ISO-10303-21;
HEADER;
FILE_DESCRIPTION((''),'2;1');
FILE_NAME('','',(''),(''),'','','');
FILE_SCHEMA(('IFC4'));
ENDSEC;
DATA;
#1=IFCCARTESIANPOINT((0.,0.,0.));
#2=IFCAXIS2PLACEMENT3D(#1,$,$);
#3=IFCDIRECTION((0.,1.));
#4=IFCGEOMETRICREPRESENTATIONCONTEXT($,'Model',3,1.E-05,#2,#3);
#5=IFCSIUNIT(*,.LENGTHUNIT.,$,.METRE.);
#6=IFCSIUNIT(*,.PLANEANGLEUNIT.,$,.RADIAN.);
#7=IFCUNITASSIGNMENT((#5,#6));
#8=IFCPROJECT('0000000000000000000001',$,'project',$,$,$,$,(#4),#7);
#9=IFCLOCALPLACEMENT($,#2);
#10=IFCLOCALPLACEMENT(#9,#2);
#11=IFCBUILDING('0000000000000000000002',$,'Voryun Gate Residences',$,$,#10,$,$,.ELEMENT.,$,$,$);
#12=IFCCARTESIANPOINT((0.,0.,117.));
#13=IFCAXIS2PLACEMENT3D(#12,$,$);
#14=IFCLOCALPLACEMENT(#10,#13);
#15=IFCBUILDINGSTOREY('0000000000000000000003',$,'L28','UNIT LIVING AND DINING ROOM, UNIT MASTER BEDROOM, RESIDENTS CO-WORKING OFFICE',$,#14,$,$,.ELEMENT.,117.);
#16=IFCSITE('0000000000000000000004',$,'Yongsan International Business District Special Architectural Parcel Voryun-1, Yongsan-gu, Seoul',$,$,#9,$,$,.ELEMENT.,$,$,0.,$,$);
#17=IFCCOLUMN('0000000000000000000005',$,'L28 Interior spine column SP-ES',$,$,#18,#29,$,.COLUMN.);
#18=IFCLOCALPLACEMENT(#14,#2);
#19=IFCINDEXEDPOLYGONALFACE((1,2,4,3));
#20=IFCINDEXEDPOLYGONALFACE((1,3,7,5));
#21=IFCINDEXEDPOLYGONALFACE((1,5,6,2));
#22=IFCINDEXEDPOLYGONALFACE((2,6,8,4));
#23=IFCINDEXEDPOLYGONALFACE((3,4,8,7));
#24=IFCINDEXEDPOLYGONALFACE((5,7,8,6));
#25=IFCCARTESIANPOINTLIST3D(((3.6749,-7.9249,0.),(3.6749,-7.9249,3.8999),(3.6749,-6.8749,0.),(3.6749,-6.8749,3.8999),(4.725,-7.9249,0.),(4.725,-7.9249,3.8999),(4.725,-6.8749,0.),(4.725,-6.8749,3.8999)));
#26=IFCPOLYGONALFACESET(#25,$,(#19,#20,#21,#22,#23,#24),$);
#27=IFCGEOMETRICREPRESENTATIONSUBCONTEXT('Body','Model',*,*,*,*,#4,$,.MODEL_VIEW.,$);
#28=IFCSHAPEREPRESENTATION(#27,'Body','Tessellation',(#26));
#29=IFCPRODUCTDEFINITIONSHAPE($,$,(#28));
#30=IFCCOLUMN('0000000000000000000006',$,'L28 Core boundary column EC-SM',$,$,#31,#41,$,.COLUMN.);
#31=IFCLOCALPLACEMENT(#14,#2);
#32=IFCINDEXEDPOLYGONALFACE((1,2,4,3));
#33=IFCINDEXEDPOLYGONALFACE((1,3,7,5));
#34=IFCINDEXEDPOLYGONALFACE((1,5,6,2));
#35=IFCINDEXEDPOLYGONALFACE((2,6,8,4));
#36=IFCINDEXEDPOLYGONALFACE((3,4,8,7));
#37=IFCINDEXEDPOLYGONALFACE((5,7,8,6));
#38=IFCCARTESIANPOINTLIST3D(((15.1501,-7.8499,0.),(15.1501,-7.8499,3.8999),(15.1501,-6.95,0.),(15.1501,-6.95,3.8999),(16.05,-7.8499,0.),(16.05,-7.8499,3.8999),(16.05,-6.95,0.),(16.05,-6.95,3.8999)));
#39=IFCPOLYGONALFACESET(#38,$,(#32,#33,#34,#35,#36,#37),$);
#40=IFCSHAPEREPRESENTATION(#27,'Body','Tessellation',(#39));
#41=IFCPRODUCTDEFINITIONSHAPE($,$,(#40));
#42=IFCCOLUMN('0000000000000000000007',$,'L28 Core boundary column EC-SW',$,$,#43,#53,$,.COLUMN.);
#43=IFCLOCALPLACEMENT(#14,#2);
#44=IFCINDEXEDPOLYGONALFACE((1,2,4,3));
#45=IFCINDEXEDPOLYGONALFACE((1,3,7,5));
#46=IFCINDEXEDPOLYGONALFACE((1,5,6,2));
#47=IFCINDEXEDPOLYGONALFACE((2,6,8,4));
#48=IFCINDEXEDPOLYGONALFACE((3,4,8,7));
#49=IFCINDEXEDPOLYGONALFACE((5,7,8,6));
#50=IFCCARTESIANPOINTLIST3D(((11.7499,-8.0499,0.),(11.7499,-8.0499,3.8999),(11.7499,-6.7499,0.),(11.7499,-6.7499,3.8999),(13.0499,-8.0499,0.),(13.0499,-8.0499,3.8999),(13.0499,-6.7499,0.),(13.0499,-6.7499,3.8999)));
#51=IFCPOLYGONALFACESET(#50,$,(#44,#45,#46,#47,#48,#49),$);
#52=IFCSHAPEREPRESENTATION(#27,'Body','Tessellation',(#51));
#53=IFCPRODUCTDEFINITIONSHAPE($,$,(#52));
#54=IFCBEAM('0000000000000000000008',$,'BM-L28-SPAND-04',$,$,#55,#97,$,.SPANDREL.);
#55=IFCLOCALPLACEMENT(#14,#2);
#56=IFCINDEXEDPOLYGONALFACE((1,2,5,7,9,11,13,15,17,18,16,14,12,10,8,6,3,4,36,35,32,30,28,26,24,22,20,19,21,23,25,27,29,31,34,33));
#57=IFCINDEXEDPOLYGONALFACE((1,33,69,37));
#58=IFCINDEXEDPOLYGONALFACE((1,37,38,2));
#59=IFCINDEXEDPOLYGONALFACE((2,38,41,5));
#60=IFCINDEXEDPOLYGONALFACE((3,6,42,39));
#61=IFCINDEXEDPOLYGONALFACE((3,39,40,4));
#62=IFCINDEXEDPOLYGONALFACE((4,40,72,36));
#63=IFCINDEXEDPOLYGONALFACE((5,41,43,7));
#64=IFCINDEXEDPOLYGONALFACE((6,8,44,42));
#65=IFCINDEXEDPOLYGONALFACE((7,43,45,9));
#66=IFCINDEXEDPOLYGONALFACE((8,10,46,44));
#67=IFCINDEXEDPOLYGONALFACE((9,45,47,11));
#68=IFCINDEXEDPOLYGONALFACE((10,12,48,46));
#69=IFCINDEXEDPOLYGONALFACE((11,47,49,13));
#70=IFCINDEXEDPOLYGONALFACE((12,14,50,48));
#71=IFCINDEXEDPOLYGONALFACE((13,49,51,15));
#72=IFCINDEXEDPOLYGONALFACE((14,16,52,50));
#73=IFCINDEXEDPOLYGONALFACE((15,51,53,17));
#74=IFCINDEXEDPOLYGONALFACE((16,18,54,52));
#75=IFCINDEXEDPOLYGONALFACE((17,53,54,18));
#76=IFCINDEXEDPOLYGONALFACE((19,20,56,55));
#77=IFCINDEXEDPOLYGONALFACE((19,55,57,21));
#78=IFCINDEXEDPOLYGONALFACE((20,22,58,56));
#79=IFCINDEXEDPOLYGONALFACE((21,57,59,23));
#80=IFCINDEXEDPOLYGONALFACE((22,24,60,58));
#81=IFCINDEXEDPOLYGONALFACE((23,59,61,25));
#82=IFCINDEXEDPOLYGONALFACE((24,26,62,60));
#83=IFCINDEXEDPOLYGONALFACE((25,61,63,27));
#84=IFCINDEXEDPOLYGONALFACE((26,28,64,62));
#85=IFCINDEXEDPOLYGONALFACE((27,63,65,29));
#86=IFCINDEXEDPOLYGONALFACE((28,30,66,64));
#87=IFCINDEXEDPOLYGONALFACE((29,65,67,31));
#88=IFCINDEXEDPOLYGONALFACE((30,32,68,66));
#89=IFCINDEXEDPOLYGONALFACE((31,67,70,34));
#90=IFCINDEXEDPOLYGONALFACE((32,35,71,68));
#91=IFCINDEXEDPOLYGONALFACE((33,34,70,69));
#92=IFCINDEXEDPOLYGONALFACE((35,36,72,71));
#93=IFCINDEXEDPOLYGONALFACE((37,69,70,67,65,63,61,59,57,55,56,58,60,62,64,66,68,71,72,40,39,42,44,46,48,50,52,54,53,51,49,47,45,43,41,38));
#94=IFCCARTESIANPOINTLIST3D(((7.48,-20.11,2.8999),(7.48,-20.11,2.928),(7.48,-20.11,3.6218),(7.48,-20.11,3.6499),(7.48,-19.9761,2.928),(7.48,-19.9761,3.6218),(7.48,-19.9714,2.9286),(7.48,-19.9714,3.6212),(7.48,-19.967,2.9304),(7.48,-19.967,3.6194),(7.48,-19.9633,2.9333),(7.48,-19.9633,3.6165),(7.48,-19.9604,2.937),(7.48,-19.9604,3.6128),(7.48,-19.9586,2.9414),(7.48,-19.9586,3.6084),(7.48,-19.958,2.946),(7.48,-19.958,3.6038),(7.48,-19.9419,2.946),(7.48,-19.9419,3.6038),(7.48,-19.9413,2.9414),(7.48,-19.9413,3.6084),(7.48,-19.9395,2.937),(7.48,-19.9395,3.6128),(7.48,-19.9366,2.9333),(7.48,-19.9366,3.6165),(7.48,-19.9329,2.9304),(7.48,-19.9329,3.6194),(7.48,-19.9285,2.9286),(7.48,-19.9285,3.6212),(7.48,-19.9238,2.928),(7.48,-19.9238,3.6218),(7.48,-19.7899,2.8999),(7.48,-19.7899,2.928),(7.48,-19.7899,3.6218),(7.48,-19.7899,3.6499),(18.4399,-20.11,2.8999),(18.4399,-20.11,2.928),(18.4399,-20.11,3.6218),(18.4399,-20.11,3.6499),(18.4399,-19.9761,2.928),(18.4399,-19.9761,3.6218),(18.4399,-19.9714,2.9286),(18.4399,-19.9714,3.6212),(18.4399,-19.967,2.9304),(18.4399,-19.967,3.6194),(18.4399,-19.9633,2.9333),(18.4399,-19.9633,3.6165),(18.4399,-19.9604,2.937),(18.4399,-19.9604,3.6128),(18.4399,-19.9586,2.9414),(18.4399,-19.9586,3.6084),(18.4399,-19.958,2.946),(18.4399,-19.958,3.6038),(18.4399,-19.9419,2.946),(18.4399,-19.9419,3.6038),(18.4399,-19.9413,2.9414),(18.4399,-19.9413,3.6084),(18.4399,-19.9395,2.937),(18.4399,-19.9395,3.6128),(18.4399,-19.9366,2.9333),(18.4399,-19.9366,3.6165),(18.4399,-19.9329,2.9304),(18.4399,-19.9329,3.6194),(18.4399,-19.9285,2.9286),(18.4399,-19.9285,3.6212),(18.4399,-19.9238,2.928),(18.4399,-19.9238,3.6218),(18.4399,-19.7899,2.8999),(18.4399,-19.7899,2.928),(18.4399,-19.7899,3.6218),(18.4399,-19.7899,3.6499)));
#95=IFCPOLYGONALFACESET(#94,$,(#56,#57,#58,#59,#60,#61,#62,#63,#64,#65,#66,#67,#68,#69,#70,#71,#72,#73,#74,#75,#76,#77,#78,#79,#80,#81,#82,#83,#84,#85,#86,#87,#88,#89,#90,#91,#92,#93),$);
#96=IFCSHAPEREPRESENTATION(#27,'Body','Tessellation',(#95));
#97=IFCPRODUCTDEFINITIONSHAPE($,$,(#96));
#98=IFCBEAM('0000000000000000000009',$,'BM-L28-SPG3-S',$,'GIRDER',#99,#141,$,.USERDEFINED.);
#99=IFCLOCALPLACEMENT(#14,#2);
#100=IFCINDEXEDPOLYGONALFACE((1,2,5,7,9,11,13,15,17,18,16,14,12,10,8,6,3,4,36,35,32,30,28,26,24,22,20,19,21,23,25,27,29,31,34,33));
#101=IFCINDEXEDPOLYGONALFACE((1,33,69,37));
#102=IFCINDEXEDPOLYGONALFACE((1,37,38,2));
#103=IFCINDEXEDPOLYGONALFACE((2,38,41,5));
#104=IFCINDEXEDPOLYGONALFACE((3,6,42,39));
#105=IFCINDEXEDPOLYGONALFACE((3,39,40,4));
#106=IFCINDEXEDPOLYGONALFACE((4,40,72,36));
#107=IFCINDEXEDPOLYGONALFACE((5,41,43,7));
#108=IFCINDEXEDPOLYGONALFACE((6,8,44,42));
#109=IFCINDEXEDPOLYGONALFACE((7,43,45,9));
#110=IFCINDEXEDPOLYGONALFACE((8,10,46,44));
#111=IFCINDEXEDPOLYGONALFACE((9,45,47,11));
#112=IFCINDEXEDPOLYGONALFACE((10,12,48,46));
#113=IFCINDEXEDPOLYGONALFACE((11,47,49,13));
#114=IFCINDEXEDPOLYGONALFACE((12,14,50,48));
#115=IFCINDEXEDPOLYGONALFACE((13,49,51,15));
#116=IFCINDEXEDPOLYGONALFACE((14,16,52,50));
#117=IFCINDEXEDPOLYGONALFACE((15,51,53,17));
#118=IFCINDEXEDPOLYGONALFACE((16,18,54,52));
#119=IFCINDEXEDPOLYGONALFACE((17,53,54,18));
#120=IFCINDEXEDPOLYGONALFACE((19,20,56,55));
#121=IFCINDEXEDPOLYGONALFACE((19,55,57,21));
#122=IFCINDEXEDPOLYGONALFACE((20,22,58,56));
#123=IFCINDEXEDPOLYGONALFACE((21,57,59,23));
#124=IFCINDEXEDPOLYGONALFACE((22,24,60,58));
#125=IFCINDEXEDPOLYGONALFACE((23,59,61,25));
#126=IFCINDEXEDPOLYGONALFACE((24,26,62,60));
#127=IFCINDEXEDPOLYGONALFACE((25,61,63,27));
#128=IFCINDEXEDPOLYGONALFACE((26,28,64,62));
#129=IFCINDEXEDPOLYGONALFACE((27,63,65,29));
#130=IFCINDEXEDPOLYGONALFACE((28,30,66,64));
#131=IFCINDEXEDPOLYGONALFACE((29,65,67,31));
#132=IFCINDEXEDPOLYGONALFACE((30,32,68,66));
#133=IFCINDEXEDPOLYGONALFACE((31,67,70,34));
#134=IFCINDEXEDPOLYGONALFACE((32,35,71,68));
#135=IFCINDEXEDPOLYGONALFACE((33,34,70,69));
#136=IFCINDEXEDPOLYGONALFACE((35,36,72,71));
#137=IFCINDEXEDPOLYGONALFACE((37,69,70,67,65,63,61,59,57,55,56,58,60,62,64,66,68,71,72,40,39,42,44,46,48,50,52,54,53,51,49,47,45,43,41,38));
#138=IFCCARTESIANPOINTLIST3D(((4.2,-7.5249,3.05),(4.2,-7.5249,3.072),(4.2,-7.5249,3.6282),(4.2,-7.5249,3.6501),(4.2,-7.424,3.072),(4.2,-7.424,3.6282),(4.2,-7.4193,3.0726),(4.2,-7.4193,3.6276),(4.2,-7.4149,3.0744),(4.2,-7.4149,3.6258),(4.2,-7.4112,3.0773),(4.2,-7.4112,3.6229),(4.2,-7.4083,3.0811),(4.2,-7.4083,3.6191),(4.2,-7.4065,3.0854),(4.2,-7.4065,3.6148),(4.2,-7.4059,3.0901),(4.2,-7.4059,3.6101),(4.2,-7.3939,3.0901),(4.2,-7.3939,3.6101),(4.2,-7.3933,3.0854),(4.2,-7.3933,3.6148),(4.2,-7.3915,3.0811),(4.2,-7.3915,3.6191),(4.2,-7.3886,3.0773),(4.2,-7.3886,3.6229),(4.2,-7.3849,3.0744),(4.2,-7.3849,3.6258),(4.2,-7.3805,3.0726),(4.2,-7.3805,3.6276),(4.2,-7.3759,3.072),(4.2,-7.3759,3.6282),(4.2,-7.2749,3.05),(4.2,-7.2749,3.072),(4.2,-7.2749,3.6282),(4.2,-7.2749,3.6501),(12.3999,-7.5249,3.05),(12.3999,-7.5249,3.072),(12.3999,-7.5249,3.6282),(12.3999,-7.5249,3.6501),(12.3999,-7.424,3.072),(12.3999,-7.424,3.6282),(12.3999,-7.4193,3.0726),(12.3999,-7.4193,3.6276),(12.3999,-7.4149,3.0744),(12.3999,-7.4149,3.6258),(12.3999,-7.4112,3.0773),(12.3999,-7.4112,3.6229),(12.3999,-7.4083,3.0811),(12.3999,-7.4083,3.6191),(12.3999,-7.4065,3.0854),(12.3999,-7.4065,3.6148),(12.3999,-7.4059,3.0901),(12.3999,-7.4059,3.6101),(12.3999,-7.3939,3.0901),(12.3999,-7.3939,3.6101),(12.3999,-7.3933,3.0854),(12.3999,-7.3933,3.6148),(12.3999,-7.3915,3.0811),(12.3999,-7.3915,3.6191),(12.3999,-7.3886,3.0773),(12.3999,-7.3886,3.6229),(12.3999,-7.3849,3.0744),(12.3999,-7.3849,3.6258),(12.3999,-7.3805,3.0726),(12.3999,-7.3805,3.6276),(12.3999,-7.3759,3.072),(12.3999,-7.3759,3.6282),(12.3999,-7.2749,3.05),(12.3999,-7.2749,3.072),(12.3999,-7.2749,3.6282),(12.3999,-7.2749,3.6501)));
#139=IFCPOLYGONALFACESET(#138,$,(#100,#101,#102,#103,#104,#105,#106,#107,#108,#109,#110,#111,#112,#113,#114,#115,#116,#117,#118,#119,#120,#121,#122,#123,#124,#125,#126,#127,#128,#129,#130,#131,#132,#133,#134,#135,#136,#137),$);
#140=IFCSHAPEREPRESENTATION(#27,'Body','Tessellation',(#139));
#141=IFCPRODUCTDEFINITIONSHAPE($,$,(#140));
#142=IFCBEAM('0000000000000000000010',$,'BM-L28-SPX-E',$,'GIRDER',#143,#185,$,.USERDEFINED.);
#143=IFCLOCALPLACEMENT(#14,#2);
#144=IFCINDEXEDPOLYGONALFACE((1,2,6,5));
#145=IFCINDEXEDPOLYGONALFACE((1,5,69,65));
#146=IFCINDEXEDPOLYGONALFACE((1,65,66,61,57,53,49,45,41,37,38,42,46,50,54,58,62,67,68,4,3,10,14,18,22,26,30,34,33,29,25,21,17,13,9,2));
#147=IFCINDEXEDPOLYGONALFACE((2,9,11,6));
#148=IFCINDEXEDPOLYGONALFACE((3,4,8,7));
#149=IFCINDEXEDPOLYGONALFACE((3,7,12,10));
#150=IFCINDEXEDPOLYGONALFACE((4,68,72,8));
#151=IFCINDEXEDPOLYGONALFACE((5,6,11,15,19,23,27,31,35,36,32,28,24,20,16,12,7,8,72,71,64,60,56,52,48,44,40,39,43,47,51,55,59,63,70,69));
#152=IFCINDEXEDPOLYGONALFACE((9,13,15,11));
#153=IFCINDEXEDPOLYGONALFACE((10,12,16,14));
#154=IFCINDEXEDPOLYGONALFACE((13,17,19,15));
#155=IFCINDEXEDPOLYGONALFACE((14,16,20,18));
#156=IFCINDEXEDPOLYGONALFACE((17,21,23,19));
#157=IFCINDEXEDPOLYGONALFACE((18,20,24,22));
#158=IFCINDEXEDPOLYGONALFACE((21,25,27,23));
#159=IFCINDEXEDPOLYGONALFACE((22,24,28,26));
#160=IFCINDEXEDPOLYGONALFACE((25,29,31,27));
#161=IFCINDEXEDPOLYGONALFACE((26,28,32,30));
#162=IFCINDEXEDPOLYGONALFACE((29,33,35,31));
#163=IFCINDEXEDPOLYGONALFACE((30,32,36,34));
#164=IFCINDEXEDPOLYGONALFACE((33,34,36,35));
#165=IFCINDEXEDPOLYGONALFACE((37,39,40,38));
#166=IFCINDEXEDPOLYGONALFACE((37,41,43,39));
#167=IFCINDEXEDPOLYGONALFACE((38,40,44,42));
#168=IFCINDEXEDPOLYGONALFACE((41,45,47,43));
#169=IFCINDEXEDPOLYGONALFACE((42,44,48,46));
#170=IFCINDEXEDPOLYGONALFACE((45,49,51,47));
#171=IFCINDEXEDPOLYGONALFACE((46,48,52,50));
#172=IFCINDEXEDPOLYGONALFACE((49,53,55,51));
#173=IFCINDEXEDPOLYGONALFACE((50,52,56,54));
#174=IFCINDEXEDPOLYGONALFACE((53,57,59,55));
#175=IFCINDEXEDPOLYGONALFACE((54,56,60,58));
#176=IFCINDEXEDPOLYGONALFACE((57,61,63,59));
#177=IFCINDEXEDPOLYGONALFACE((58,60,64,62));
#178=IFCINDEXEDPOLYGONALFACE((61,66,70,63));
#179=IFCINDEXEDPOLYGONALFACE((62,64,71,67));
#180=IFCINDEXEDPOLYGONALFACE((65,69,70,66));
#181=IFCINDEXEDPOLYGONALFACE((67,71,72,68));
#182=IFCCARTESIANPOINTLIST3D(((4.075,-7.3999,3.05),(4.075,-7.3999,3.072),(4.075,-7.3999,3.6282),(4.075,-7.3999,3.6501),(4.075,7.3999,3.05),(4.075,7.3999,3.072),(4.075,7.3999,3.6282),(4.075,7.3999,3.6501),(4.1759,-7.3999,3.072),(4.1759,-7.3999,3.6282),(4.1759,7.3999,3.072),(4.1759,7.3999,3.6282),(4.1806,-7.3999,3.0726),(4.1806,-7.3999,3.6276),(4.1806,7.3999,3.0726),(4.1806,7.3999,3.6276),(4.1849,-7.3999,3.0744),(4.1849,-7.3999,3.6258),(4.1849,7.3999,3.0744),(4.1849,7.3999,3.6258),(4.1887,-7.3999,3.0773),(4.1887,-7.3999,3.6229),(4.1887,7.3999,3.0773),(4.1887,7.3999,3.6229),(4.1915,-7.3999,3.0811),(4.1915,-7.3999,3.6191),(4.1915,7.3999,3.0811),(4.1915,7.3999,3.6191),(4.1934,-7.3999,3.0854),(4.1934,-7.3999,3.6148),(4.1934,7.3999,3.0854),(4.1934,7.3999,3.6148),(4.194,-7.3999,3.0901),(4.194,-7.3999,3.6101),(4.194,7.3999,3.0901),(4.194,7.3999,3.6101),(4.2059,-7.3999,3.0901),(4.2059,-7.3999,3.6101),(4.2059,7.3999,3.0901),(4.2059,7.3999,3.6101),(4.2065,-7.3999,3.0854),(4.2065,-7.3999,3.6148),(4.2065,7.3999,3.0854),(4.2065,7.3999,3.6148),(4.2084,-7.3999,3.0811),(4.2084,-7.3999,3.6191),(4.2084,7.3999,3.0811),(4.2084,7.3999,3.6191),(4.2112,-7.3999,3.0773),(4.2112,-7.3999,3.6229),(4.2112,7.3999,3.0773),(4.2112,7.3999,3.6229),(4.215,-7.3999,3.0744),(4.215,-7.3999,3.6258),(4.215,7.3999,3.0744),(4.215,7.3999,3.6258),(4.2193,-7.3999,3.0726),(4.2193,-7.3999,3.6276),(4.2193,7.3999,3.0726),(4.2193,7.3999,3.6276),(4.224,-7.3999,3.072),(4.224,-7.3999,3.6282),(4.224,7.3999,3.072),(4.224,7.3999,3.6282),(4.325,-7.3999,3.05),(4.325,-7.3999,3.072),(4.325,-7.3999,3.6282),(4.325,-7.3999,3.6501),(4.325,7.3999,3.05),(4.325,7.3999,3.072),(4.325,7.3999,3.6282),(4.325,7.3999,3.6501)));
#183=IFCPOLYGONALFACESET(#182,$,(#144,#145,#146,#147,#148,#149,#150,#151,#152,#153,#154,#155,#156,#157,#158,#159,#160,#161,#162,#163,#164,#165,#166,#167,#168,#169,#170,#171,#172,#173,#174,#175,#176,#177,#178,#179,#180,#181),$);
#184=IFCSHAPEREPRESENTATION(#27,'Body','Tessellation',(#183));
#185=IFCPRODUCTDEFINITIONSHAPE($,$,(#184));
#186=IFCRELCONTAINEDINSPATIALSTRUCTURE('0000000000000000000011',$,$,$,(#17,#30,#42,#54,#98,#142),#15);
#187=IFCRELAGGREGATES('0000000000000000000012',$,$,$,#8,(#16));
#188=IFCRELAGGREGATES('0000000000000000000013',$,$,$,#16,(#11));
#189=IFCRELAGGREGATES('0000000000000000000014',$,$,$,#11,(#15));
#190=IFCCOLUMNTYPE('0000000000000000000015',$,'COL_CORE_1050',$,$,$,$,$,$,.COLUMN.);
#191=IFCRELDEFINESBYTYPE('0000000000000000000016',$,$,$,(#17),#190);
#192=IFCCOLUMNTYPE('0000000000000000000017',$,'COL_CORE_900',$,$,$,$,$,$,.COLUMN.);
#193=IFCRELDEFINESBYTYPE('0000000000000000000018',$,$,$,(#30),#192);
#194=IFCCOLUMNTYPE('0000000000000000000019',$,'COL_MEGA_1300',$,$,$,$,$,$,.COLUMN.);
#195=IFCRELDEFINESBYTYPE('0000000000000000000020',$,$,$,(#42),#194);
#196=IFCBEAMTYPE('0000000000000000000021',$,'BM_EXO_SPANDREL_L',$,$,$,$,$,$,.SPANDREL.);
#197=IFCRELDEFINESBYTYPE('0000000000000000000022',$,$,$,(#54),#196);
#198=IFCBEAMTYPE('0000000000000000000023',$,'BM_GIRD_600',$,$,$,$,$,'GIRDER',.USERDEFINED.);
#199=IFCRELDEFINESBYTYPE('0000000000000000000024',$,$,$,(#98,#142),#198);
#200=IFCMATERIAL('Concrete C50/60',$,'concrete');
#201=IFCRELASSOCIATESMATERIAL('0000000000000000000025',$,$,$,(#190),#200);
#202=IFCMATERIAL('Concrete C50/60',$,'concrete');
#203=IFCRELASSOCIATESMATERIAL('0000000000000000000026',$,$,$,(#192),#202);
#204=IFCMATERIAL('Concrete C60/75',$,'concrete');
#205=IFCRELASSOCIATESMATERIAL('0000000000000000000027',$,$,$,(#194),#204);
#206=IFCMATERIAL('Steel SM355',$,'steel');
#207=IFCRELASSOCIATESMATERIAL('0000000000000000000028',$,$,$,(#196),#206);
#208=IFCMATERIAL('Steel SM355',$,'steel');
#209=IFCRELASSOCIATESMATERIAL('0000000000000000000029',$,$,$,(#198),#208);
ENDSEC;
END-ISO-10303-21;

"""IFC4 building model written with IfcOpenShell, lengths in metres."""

from ifc_helpers import new_model, si_unit, direction, frame, origin, origin_2d, place, context, subcontext, project, spatial, rectangle, i_section, extrude, material, material_profile, profile_set, type_object, element, save


model = new_model("IFC4")

# Units and contexts
model_context = context("Model", 3, precision=1e-05, world=origin(), true_north=direction((0.0, 1.0)))
body_context = subcontext(model_context, "Body", "Model", "MODEL_VIEW")
ifc_project = project(units=[si_unit("LENGTHUNIT", "METRE"), si_unit("PLANEANGLEUNIT", "RADIAN")], contexts=[model_context])

# Site, building, storey
site_placement = place(None, origin())
site = spatial("IfcSite", under=ifc_project, at=site_placement, Name="Yongsan International Business District Special Architectural Parcel Voryun-1, Yongsan-gu, Seoul", CompositionType="ELEMENT", RefElevation=0.0)
building_placement = place(site_placement, origin())
building = spatial("IfcBuilding", under=site, at=building_placement, Name="Voryun Gate Residences", CompositionType="ELEMENT")
storey_placement = place(building_placement, frame((0.0, 0.0, 117.0)))
storey = spatial("IfcBuildingStorey", under=building, at=storey_placement, Name="L28", Description="UNIT LIVING AND DINING ROOM, UNIT MASTER BEDROOM, RESIDENTS CO-WORKING OFFICE", CompositionType="ELEMENT", Elevation=117.0)

# Columns
ifc_material_1 = material(Name="Concrete C50/60", Category="concrete")
ifc_material_profile_1 = material_profile(ifc_material_1, rectangle(XDim=1.05, YDim=1.05, at=origin_2d()), Name="RC-1050x1050")
ifc_profile_set_1 = profile_set([ifc_material_profile_1], Name="Concrete C50/60")
column_type_1 = type_object("IfcColumnType", Name="COL_CORE_1050", PredefinedType="COLUMN", material=ifc_profile_set_1)
column_1_placement = place(storey_placement, frame((4.2, -7.3999, 0.0), z_axis=(0.0, 0.0, 1.0), x_axis=(1.0, 0.0, 0.0)))
element("IfcColumn", 1, at=column_1_placement, inside=storey, type_object=column_type_1, Name="L28 Interior spine column SP-ES", PredefinedType="COLUMN", context=body_context, shape_type="SweptSolid", body=[
    extrude(rectangle(XDim=1.05, YDim=1.05, at=origin_2d()), origin(), (0.0, 0.0, 1.0), 3.8999),
])
ifc_material_2 = material(Name="Concrete C50/60", Category="concrete")
ifc_material_profile_2 = material_profile(ifc_material_2, rectangle(XDim=0.8999, YDim=0.8999, at=origin_2d()), Name="RC-900x900")
ifc_profile_set_2 = profile_set([ifc_material_profile_2], Name="Concrete C50/60")
column_type_2 = type_object("IfcColumnType", Name="COL_CORE_900", PredefinedType="COLUMN", material=ifc_profile_set_2)
column_2_placement = place(storey_placement, frame((15.6001, -7.3999, 0.0), z_axis=(0.0, 0.0, 1.0), x_axis=(1.0, 0.0, 0.0)))
element("IfcColumn", 2, at=column_2_placement, inside=storey, type_object=column_type_2, Name="L28 Core boundary column EC-SM", PredefinedType="COLUMN", context=body_context, shape_type="SweptSolid", body=[
    extrude(rectangle(XDim=0.8999, YDim=0.8999, at=origin_2d()), origin(), (0.0, 0.0, 1.0), 3.8999),
])
ifc_material_3 = material(Name="Concrete C60/75", Category="concrete")
ifc_material_profile_3 = material_profile(ifc_material_3, rectangle(XDim=1.3, YDim=1.3, at=origin_2d()), Name="RC-1300x1300")
ifc_profile_set_3 = profile_set([ifc_material_profile_3], Name="Concrete C60/75")
column_type_3 = type_object("IfcColumnType", Name="COL_MEGA_1300", PredefinedType="COLUMN", material=ifc_profile_set_3)
column_3_placement = place(storey_placement, frame((12.3999, -7.3999, 0.0), z_axis=(0.0, 0.0, 1.0), x_axis=(1.0, 0.0, 0.0)))
element("IfcColumn", 3, at=column_3_placement, inside=storey, type_object=column_type_3, Name="L28 Core boundary column EC-SW", PredefinedType="COLUMN", context=body_context, shape_type="SweptSolid", body=[
    extrude(rectangle(XDim=1.3, YDim=1.3, at=origin_2d()), origin(), (0.0, 0.0, 1.0), 3.8999),
])

# Beams
ifc_material_4 = material(Name="Steel SM355", Category="steel")
ifc_material_profile_4 = material_profile(ifc_material_4, i_section(OverallWidth=0.3201, OverallDepth=0.75, WebThickness=0.0161, FlangeThickness=0.0281, FilletRadius=0.0181, at=origin_2d()), Name="H-750x320x16x28")
ifc_profile_set_4 = profile_set([ifc_material_profile_4], Name="Steel SM355")
beam_type_1 = type_object("IfcBeamType", Name="BM_EXO_SPANDREL_L", PredefinedType="SPANDREL", material=ifc_profile_set_4)
beam_1_placement = place(storey_placement, frame((7.48, -19.95, 3.2749), z_axis=(1.0, 0.0, 0.0), x_axis=(0.0, 1.0, 0.0)))
element("IfcBeam", 4, at=beam_1_placement, inside=storey, type_object=beam_type_1, Name="BM-L28-SPAND-04", PredefinedType="SPANDREL", context=body_context, shape_type="SweptSolid", body=[
    extrude(i_section(OverallWidth=0.3201, OverallDepth=0.75, WebThickness=0.0161, FlangeThickness=0.0281, FilletRadius=0.0181, at=origin_2d()), origin(), (0.0, 0.0, 1.0), 10.96),
])
ifc_material_5 = material(Name="Steel SM355", Category="steel")
ifc_material_profile_5 = material_profile(ifc_material_5, i_section(OverallWidth=0.25, OverallDepth=0.6001, WebThickness=0.012, FlangeThickness=0.022, FilletRadius=0.0181, at=origin_2d()), Name="H-600x250x12x22")
ifc_profile_set_5 = profile_set([ifc_material_profile_5], Name="Steel SM355")
beam_type_2 = type_object("IfcBeamType", Name="BM_GIRD_600", ElementType="GIRDER", PredefinedType="USERDEFINED", material=ifc_profile_set_5)
beam_2_placement = place(storey_placement, frame((4.2, -7.3999, 3.3501), z_axis=(1.0, 0.0, 0.0), x_axis=(0.0, 1.0, 0.0)))
element("IfcBeam", 5, at=beam_2_placement, inside=storey, type_object=beam_type_2, Name="BM-L28-SPG3-S", ObjectType="GIRDER", PredefinedType="USERDEFINED", context=body_context, shape_type="SweptSolid", body=[
    extrude(i_section(OverallWidth=0.25, OverallDepth=0.6001, WebThickness=0.012, FlangeThickness=0.022, FilletRadius=0.0181, at=origin_2d()), origin(), (0.0, 0.0, 1.0), 8.2),
])
beam_3_placement = place(storey_placement, frame((4.2, -7.3999, 3.3501), z_axis=(0.0, 1.0, 0.0), x_axis=(-1.0, 0.0, 0.0)))
element("IfcBeam", 6, at=beam_3_placement, inside=storey, type_object=beam_type_2, Name="BM-L28-SPX-E", ObjectType="GIRDER", PredefinedType="USERDEFINED", context=body_context, shape_type="SweptSolid", body=[
    extrude(i_section(OverallWidth=0.25, OverallDepth=0.6001, WebThickness=0.012, FlangeThickness=0.022, FilletRadius=0.0181, at=origin_2d()), origin(), (0.0, 0.0, 1.0), 14.7998),
])

save(model, "model.ifc")
